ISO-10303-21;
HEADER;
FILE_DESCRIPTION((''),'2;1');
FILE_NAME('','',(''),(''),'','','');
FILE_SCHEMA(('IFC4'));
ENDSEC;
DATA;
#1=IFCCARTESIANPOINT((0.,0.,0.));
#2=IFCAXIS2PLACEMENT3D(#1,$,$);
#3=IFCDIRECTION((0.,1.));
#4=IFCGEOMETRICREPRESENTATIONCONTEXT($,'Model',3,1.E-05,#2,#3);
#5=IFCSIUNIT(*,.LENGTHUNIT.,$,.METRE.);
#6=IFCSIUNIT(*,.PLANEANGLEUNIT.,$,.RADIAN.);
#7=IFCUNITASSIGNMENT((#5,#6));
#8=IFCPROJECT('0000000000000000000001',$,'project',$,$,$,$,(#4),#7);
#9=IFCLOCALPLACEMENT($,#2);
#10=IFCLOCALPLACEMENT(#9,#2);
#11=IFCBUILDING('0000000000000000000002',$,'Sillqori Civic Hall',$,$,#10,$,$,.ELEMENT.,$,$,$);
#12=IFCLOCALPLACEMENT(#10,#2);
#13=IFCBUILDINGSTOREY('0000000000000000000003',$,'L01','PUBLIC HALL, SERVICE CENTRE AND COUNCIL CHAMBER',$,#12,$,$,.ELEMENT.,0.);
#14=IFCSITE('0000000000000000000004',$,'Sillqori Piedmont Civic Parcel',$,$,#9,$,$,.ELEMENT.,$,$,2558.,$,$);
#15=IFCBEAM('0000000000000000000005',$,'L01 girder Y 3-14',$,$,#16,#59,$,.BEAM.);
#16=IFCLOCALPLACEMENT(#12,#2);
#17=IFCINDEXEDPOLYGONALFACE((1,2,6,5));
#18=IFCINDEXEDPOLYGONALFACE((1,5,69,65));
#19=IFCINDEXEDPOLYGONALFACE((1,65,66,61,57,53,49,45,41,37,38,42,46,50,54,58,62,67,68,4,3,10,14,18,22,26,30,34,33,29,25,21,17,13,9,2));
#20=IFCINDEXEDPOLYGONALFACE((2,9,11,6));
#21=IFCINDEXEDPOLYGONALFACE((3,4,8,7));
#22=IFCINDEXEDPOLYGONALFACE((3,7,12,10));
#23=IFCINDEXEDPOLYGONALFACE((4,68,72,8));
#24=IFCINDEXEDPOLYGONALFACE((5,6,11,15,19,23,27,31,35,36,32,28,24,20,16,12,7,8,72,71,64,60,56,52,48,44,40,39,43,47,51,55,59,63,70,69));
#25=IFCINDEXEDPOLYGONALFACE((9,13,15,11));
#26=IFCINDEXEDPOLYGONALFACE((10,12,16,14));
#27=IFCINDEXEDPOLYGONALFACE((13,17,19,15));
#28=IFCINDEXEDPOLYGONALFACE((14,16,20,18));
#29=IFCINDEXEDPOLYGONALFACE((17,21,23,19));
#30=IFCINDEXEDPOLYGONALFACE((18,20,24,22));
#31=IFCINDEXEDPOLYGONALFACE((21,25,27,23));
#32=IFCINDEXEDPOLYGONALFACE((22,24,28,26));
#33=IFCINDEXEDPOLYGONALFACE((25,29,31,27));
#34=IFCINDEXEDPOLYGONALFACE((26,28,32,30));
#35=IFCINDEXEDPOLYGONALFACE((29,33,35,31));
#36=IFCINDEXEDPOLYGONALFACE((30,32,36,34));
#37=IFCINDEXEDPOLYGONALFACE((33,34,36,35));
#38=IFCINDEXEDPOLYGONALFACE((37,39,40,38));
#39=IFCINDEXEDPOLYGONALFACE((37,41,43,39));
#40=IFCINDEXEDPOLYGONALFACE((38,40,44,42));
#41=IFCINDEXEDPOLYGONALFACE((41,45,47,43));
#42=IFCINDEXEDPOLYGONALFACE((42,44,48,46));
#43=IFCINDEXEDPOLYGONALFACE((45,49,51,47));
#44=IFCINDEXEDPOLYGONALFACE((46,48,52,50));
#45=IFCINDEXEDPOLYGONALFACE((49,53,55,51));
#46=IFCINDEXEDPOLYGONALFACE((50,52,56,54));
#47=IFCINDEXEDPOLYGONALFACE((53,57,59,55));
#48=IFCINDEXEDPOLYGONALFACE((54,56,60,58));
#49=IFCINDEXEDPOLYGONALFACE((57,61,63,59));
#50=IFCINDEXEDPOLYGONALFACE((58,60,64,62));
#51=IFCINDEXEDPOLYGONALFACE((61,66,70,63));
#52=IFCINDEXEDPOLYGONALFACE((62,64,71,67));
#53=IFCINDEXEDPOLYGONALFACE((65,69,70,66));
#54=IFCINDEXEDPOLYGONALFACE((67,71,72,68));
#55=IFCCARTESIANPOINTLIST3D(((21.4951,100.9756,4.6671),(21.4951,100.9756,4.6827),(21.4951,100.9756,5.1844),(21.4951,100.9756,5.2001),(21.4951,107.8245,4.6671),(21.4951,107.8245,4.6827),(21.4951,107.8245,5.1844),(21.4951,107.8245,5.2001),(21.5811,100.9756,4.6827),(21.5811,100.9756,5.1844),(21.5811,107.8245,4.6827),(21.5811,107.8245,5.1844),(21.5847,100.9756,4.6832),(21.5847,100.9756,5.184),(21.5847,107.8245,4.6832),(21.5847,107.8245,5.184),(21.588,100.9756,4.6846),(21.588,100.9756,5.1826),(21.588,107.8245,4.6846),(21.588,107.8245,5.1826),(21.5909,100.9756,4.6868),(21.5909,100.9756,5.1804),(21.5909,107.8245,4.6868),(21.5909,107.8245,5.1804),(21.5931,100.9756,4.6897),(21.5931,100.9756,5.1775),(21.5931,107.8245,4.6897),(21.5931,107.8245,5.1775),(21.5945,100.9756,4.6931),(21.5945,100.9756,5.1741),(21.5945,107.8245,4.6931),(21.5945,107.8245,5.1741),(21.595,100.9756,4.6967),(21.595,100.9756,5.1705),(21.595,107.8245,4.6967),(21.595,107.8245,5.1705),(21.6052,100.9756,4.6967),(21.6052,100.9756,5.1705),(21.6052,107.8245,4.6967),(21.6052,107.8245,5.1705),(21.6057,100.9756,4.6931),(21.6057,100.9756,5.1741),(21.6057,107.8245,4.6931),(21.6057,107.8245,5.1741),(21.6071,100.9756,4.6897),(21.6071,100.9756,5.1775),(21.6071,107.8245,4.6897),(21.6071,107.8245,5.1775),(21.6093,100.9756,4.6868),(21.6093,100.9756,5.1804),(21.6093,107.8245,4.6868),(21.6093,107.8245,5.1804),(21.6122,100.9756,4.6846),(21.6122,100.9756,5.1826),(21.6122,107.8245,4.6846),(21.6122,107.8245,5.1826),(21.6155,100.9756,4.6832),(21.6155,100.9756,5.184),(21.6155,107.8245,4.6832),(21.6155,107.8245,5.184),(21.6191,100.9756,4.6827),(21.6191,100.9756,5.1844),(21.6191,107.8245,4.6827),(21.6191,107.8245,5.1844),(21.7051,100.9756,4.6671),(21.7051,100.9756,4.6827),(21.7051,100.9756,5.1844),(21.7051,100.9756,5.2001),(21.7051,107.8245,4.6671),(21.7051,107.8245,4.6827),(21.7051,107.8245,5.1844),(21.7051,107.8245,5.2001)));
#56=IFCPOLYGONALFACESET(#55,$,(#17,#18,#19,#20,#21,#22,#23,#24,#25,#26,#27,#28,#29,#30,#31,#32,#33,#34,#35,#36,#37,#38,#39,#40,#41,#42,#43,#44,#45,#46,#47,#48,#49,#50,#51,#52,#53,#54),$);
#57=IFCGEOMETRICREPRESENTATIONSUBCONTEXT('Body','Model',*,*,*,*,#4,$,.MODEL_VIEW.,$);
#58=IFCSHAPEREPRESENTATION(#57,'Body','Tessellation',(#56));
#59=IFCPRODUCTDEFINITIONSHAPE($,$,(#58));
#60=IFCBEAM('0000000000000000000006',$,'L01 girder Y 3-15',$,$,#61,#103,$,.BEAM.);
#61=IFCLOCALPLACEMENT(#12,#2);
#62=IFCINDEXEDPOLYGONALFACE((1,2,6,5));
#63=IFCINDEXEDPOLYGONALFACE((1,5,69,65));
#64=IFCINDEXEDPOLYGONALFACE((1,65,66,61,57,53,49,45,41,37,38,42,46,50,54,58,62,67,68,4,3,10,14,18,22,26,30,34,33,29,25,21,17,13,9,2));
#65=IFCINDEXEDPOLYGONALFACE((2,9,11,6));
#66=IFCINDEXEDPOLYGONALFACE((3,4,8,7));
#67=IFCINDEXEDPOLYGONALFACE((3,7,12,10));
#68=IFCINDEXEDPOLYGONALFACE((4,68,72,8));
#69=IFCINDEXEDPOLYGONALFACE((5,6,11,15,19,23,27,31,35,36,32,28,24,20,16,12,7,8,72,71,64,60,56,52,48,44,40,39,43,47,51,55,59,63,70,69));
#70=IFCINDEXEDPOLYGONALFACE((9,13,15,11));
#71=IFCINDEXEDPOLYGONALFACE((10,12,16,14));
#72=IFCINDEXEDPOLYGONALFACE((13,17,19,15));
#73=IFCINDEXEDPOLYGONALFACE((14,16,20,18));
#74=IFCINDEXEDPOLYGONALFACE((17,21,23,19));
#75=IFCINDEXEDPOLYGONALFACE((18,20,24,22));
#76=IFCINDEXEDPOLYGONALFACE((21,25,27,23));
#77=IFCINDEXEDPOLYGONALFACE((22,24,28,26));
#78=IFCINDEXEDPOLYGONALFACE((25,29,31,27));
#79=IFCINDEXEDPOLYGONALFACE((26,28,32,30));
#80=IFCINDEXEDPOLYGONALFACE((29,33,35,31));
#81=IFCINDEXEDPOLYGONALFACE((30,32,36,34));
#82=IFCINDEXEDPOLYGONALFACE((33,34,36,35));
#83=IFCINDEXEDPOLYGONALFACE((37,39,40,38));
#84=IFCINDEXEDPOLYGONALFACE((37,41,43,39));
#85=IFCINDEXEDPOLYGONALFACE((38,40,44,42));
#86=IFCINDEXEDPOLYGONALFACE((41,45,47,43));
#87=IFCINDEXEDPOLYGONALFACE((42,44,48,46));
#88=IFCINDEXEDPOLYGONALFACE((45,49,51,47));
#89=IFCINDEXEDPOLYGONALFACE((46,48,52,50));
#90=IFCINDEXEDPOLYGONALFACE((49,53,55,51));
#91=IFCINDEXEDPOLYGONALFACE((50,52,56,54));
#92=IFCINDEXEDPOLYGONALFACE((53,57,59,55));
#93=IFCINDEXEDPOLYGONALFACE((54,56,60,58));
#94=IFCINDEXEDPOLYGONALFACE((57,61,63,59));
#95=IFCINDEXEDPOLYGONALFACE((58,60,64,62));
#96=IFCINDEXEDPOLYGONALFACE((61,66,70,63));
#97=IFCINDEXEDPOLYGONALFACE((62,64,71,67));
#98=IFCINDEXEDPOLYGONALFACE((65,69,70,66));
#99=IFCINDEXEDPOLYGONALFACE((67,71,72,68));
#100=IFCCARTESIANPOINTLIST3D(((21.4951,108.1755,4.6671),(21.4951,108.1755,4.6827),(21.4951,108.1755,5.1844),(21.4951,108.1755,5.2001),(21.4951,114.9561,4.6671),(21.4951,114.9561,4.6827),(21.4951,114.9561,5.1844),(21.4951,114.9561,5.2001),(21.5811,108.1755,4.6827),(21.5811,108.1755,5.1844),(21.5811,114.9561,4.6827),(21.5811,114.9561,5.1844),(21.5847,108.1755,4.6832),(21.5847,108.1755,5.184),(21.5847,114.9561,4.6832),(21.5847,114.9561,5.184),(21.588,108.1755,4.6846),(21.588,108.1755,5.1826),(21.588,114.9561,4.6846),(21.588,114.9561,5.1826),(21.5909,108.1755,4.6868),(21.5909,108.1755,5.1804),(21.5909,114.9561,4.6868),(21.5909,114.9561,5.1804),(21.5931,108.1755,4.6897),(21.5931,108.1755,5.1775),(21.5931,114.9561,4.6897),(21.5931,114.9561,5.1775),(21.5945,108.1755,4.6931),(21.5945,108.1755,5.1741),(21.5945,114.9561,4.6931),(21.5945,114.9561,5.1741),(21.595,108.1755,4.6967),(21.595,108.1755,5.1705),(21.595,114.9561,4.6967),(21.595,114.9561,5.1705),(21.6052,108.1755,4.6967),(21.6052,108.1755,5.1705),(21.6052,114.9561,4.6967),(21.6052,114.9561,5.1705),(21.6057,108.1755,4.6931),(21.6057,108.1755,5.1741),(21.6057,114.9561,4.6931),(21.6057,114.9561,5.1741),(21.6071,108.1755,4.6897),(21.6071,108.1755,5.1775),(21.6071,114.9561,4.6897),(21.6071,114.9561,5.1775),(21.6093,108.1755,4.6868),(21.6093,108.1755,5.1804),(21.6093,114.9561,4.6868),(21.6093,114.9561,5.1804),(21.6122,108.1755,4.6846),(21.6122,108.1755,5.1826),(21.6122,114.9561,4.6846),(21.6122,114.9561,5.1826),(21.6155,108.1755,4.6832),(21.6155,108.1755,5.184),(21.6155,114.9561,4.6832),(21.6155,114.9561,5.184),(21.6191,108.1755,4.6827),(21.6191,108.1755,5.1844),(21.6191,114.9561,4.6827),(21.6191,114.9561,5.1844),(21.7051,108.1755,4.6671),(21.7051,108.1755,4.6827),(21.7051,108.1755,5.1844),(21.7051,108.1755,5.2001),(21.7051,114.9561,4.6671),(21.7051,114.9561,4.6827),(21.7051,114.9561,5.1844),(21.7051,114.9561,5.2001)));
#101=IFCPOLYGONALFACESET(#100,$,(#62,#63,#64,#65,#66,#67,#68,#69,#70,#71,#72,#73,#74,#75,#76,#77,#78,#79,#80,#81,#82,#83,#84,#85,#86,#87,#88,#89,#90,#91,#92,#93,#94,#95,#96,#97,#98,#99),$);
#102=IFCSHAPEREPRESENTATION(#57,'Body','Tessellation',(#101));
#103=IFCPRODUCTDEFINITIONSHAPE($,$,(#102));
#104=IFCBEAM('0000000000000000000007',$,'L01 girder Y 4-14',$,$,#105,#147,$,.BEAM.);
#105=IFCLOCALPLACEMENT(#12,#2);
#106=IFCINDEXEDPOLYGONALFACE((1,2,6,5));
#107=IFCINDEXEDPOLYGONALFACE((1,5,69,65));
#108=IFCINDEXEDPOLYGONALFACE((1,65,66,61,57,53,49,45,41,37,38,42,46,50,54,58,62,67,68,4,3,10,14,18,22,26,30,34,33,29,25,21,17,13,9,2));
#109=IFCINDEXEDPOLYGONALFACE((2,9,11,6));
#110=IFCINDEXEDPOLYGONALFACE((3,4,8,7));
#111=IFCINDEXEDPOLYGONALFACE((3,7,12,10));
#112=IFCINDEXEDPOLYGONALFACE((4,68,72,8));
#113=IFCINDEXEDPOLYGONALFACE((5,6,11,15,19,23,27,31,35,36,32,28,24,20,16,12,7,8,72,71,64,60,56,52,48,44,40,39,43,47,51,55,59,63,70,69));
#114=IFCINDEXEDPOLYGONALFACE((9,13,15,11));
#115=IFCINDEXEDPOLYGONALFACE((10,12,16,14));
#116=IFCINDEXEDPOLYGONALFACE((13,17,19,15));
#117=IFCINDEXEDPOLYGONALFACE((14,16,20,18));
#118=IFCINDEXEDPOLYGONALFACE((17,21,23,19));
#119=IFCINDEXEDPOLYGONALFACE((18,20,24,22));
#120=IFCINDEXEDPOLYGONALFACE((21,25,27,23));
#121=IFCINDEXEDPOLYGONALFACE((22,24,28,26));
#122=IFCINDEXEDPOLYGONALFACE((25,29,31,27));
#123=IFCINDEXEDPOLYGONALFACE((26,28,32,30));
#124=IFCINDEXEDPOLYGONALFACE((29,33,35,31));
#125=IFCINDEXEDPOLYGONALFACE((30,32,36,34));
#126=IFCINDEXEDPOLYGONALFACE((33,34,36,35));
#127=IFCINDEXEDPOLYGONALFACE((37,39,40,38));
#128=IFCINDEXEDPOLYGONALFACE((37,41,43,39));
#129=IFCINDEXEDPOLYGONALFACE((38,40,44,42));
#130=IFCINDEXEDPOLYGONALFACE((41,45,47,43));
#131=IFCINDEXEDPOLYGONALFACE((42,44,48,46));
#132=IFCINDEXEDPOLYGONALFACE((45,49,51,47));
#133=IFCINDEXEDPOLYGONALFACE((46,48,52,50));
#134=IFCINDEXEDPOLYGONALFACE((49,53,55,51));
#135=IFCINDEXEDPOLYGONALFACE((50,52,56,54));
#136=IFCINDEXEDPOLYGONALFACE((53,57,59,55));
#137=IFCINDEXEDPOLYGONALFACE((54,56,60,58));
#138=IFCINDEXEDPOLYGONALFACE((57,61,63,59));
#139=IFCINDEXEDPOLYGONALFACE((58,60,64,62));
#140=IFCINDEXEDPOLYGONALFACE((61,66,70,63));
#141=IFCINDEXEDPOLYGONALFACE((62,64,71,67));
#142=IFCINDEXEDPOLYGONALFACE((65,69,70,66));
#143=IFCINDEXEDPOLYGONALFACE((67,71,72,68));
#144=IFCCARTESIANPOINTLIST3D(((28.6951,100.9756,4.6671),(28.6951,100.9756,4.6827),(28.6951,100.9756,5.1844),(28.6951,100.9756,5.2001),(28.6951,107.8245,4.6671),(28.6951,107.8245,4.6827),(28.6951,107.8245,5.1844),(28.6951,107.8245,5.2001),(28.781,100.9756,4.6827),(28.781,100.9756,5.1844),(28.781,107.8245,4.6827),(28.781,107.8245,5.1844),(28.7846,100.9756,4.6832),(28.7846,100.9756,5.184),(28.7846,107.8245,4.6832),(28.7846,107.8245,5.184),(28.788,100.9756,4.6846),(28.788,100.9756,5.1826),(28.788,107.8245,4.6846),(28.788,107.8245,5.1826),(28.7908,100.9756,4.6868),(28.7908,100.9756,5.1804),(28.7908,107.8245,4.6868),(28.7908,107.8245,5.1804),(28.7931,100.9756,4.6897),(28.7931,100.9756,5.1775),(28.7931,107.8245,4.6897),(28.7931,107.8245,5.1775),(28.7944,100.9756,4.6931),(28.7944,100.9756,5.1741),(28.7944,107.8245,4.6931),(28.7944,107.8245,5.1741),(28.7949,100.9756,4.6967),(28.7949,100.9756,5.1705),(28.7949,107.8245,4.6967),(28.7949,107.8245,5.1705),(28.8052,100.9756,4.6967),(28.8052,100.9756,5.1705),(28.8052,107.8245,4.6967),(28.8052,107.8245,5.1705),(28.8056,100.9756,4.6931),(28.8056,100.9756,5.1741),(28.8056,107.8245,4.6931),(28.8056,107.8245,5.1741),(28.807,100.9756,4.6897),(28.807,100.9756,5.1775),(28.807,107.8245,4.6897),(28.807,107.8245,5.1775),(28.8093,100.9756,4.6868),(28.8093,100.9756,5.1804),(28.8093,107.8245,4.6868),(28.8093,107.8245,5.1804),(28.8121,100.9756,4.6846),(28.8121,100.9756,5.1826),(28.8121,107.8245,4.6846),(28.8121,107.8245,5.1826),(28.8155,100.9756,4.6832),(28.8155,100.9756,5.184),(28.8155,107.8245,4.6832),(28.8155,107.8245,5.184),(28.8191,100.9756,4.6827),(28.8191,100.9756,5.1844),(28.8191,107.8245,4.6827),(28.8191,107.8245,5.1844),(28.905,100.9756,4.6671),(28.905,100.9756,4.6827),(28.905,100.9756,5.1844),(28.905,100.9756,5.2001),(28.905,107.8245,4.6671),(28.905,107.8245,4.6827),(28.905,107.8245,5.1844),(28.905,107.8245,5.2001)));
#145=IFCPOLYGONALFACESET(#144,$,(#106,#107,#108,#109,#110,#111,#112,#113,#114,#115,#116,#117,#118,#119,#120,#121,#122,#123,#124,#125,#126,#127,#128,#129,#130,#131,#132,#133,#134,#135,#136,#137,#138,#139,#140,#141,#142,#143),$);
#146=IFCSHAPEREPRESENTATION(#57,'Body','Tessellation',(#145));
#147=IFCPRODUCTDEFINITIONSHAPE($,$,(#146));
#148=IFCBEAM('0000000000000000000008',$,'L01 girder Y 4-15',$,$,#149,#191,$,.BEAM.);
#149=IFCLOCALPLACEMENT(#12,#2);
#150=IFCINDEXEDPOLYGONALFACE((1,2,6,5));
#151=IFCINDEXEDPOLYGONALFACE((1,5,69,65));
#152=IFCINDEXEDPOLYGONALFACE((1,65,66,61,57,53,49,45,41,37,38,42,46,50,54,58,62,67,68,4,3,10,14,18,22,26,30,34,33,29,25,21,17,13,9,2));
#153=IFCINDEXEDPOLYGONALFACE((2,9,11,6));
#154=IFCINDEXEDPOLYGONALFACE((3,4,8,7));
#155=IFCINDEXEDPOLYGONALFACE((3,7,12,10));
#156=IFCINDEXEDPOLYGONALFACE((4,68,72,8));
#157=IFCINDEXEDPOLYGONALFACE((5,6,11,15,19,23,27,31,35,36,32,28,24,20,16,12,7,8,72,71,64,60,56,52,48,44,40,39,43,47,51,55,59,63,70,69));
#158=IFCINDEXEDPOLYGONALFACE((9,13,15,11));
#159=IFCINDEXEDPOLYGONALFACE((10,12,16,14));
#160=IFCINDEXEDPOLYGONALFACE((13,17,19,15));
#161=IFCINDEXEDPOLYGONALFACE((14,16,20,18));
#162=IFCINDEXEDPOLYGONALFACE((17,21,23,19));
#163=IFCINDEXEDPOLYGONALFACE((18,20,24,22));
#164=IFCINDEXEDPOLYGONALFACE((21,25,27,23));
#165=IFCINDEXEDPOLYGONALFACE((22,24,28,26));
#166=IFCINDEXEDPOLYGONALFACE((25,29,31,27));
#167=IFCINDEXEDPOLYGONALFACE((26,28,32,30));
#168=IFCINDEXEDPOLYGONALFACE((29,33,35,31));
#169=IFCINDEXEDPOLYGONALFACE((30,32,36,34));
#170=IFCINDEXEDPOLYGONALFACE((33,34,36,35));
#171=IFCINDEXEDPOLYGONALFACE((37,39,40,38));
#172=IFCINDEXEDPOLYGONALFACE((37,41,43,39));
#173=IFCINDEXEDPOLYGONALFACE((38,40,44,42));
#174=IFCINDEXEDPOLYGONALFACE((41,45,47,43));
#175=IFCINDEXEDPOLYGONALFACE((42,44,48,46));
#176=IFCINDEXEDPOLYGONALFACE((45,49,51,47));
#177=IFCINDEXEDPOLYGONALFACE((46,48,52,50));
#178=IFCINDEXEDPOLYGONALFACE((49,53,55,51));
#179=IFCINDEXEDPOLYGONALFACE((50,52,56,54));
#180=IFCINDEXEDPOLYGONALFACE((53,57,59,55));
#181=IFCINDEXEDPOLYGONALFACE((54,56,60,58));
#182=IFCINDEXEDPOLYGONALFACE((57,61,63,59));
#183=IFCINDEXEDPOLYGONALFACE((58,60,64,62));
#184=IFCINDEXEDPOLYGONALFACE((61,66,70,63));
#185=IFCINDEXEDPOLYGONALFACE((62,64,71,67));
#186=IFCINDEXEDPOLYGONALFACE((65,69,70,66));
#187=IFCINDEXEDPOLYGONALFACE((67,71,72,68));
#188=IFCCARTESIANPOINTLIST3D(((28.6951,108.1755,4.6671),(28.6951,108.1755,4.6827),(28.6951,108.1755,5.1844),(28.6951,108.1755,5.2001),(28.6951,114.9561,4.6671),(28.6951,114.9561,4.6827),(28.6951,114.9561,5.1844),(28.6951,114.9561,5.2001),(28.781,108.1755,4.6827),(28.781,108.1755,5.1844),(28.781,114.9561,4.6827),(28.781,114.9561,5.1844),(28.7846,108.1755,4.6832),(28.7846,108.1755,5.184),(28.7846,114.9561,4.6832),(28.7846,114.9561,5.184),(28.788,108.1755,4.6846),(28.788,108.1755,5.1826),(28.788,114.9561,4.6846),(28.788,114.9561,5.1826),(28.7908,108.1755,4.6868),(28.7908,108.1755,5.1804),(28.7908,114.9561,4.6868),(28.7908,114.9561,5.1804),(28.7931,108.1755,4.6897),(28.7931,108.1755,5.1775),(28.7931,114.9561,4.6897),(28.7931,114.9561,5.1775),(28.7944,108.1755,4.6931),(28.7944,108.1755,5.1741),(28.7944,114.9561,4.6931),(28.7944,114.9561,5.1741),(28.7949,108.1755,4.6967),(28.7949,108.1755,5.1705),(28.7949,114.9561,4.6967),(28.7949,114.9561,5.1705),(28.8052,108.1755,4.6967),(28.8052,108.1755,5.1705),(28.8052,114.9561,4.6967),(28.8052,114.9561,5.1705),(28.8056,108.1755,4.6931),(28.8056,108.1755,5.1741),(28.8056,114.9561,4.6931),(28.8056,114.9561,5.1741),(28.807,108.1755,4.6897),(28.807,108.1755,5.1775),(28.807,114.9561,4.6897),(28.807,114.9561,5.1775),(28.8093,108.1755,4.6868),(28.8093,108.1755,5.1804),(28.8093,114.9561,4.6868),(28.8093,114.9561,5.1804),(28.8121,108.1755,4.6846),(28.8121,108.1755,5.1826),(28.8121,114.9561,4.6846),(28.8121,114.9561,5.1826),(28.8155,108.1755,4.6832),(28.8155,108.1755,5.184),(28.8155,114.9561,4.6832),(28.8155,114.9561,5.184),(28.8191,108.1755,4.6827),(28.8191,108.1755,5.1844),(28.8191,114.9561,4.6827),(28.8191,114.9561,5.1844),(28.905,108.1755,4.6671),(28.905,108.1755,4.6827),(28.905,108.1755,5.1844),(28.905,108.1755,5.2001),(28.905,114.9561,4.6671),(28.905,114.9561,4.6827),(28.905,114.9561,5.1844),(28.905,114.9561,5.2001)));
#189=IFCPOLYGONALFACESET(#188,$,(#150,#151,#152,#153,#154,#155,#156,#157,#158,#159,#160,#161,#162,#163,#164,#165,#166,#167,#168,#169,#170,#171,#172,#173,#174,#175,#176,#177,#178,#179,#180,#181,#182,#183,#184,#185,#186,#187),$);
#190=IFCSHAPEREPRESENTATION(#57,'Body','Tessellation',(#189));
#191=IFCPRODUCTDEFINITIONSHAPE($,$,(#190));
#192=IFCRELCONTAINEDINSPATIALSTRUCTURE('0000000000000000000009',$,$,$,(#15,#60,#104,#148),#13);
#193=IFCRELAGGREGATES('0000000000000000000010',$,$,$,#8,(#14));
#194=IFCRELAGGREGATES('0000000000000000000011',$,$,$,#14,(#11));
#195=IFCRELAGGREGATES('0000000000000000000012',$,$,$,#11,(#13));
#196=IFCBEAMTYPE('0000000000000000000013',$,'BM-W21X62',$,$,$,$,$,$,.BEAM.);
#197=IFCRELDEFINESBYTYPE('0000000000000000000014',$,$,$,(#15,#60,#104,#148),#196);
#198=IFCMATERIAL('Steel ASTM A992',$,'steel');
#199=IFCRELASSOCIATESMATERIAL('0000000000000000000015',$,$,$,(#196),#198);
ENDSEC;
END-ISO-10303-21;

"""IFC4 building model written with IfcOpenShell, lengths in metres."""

from ifc_helpers import new_model, si_unit, direction, frame, origin, origin_2d, place, context, subcontext, project, spatial, i_section, extrude, material, material_profile, profile_set, type_object, element, save


model = new_model("IFC4")

# Units and contexts
model_context = context("Model", 3, precision=1e-05, world=origin(), true_north=direction((0.0, 1.0)))
body_context = subcontext(model_context, "Body", "Model", "MODEL_VIEW")
ifc_project = project(units=[si_unit("LENGTHUNIT", "METRE"), si_unit("PLANEANGLEUNIT", "RADIAN")], contexts=[model_context])

# Site, building, storey
site_placement = place(None, origin())
site = spatial("IfcSite", under=ifc_project, at=site_placement, Name="Sillqori Piedmont Civic Parcel", CompositionType="ELEMENT", RefElevation=2558.0)
building_placement = place(site_placement, origin())
building = spatial("IfcBuilding", under=site, at=building_placement, Name="Sillqori Civic Hall", CompositionType="ELEMENT")
storey_placement = place(building_placement, origin())
storey = spatial("IfcBuildingStorey", under=building, at=storey_placement, Name="L01", Description="PUBLIC HALL, SERVICE CENTRE AND COUNCIL CHAMBER", CompositionType="ELEMENT", Elevation=0.0)

# Shared definitions
ifc_material_1 = material(Name="Steel ASTM A992", Category="steel")

# Beams
ifc_material_profile_1 = material_profile(ifc_material_1, i_section(OverallWidth=0.21, OverallDepth=0.533, WebThickness=0.0103, FlangeThickness=0.0156, FilletRadius=0.0139, at=origin_2d()), Name="W21X62")
ifc_profile_set_1 = profile_set([ifc_material_profile_1], Name="Steel ASTM A992")
beam_type_1 = type_object("IfcBeamType", Name="BM-W21X62", PredefinedType="BEAM", material=ifc_profile_set_1)
beam_1_placement = place(storey_placement, frame((21.6001, 100.9756, 4.9336), z_axis=(0.0, 1.0, 0.0), x_axis=(-1.0, 0.0, 0.0)))
element("IfcBeam", 1, at=beam_1_placement, inside=storey, type_object=beam_type_1, Name="L01 girder Y 3-14", PredefinedType="BEAM", context=body_context, shape_type="SweptSolid", body=[
    extrude(i_section(OverallWidth=0.21, OverallDepth=0.533, WebThickness=0.0103, FlangeThickness=0.0156, FilletRadius=0.0139, at=origin_2d()), origin(), (0.0, 0.0, 1.0), 6.8489),
])
beam_2_placement = place(storey_placement, frame((21.6001, 108.1755, 4.9336), z_axis=(0.0, 1.0, 0.0), x_axis=(-1.0, 0.0, 0.0)))
element("IfcBeam", 2, at=beam_2_placement, inside=storey, type_object=beam_type_1, Name="L01 girder Y 3-15", PredefinedType="BEAM", context=body_context, shape_type="SweptSolid", body=[
    extrude(i_section(OverallWidth=0.21, OverallDepth=0.533, WebThickness=0.0103, FlangeThickness=0.0156, FilletRadius=0.0139, at=origin_2d()), origin(), (0.0, 0.0, 1.0), 6.7805),
])
beam_3_placement = place(storey_placement, frame((28.8, 100.9756, 4.9336), z_axis=(0.0, 1.0, 0.0), x_axis=(-1.0, 0.0, 0.0)))
element("IfcBeam", 3, at=beam_3_placement, inside=storey, type_object=beam_type_1, Name="L01 girder Y 4-14", PredefinedType="BEAM", context=body_context, shape_type="SweptSolid", body=[
    extrude(i_section(OverallWidth=0.21, OverallDepth=0.533, WebThickness=0.0103, FlangeThickness=0.0156, FilletRadius=0.0139, at=origin_2d()), origin(), (0.0, 0.0, 1.0), 6.8489),
])
beam_4_placement = place(storey_placement, frame((28.8, 108.1755, 4.9336), z_axis=(0.0, 1.0, 0.0), x_axis=(-1.0, 0.0, 0.0)))
element("IfcBeam", 4, at=beam_4_placement, inside=storey, type_object=beam_type_1, Name="L01 girder Y 4-15", PredefinedType="BEAM", context=body_context, shape_type="SweptSolid", body=[
    extrude(i_section(OverallWidth=0.21, OverallDepth=0.533, WebThickness=0.0103, FlangeThickness=0.0156, FilletRadius=0.0139, at=origin_2d()), origin(), (0.0, 0.0, 1.0), 6.7805),
])

save(model, "model.ifc")
